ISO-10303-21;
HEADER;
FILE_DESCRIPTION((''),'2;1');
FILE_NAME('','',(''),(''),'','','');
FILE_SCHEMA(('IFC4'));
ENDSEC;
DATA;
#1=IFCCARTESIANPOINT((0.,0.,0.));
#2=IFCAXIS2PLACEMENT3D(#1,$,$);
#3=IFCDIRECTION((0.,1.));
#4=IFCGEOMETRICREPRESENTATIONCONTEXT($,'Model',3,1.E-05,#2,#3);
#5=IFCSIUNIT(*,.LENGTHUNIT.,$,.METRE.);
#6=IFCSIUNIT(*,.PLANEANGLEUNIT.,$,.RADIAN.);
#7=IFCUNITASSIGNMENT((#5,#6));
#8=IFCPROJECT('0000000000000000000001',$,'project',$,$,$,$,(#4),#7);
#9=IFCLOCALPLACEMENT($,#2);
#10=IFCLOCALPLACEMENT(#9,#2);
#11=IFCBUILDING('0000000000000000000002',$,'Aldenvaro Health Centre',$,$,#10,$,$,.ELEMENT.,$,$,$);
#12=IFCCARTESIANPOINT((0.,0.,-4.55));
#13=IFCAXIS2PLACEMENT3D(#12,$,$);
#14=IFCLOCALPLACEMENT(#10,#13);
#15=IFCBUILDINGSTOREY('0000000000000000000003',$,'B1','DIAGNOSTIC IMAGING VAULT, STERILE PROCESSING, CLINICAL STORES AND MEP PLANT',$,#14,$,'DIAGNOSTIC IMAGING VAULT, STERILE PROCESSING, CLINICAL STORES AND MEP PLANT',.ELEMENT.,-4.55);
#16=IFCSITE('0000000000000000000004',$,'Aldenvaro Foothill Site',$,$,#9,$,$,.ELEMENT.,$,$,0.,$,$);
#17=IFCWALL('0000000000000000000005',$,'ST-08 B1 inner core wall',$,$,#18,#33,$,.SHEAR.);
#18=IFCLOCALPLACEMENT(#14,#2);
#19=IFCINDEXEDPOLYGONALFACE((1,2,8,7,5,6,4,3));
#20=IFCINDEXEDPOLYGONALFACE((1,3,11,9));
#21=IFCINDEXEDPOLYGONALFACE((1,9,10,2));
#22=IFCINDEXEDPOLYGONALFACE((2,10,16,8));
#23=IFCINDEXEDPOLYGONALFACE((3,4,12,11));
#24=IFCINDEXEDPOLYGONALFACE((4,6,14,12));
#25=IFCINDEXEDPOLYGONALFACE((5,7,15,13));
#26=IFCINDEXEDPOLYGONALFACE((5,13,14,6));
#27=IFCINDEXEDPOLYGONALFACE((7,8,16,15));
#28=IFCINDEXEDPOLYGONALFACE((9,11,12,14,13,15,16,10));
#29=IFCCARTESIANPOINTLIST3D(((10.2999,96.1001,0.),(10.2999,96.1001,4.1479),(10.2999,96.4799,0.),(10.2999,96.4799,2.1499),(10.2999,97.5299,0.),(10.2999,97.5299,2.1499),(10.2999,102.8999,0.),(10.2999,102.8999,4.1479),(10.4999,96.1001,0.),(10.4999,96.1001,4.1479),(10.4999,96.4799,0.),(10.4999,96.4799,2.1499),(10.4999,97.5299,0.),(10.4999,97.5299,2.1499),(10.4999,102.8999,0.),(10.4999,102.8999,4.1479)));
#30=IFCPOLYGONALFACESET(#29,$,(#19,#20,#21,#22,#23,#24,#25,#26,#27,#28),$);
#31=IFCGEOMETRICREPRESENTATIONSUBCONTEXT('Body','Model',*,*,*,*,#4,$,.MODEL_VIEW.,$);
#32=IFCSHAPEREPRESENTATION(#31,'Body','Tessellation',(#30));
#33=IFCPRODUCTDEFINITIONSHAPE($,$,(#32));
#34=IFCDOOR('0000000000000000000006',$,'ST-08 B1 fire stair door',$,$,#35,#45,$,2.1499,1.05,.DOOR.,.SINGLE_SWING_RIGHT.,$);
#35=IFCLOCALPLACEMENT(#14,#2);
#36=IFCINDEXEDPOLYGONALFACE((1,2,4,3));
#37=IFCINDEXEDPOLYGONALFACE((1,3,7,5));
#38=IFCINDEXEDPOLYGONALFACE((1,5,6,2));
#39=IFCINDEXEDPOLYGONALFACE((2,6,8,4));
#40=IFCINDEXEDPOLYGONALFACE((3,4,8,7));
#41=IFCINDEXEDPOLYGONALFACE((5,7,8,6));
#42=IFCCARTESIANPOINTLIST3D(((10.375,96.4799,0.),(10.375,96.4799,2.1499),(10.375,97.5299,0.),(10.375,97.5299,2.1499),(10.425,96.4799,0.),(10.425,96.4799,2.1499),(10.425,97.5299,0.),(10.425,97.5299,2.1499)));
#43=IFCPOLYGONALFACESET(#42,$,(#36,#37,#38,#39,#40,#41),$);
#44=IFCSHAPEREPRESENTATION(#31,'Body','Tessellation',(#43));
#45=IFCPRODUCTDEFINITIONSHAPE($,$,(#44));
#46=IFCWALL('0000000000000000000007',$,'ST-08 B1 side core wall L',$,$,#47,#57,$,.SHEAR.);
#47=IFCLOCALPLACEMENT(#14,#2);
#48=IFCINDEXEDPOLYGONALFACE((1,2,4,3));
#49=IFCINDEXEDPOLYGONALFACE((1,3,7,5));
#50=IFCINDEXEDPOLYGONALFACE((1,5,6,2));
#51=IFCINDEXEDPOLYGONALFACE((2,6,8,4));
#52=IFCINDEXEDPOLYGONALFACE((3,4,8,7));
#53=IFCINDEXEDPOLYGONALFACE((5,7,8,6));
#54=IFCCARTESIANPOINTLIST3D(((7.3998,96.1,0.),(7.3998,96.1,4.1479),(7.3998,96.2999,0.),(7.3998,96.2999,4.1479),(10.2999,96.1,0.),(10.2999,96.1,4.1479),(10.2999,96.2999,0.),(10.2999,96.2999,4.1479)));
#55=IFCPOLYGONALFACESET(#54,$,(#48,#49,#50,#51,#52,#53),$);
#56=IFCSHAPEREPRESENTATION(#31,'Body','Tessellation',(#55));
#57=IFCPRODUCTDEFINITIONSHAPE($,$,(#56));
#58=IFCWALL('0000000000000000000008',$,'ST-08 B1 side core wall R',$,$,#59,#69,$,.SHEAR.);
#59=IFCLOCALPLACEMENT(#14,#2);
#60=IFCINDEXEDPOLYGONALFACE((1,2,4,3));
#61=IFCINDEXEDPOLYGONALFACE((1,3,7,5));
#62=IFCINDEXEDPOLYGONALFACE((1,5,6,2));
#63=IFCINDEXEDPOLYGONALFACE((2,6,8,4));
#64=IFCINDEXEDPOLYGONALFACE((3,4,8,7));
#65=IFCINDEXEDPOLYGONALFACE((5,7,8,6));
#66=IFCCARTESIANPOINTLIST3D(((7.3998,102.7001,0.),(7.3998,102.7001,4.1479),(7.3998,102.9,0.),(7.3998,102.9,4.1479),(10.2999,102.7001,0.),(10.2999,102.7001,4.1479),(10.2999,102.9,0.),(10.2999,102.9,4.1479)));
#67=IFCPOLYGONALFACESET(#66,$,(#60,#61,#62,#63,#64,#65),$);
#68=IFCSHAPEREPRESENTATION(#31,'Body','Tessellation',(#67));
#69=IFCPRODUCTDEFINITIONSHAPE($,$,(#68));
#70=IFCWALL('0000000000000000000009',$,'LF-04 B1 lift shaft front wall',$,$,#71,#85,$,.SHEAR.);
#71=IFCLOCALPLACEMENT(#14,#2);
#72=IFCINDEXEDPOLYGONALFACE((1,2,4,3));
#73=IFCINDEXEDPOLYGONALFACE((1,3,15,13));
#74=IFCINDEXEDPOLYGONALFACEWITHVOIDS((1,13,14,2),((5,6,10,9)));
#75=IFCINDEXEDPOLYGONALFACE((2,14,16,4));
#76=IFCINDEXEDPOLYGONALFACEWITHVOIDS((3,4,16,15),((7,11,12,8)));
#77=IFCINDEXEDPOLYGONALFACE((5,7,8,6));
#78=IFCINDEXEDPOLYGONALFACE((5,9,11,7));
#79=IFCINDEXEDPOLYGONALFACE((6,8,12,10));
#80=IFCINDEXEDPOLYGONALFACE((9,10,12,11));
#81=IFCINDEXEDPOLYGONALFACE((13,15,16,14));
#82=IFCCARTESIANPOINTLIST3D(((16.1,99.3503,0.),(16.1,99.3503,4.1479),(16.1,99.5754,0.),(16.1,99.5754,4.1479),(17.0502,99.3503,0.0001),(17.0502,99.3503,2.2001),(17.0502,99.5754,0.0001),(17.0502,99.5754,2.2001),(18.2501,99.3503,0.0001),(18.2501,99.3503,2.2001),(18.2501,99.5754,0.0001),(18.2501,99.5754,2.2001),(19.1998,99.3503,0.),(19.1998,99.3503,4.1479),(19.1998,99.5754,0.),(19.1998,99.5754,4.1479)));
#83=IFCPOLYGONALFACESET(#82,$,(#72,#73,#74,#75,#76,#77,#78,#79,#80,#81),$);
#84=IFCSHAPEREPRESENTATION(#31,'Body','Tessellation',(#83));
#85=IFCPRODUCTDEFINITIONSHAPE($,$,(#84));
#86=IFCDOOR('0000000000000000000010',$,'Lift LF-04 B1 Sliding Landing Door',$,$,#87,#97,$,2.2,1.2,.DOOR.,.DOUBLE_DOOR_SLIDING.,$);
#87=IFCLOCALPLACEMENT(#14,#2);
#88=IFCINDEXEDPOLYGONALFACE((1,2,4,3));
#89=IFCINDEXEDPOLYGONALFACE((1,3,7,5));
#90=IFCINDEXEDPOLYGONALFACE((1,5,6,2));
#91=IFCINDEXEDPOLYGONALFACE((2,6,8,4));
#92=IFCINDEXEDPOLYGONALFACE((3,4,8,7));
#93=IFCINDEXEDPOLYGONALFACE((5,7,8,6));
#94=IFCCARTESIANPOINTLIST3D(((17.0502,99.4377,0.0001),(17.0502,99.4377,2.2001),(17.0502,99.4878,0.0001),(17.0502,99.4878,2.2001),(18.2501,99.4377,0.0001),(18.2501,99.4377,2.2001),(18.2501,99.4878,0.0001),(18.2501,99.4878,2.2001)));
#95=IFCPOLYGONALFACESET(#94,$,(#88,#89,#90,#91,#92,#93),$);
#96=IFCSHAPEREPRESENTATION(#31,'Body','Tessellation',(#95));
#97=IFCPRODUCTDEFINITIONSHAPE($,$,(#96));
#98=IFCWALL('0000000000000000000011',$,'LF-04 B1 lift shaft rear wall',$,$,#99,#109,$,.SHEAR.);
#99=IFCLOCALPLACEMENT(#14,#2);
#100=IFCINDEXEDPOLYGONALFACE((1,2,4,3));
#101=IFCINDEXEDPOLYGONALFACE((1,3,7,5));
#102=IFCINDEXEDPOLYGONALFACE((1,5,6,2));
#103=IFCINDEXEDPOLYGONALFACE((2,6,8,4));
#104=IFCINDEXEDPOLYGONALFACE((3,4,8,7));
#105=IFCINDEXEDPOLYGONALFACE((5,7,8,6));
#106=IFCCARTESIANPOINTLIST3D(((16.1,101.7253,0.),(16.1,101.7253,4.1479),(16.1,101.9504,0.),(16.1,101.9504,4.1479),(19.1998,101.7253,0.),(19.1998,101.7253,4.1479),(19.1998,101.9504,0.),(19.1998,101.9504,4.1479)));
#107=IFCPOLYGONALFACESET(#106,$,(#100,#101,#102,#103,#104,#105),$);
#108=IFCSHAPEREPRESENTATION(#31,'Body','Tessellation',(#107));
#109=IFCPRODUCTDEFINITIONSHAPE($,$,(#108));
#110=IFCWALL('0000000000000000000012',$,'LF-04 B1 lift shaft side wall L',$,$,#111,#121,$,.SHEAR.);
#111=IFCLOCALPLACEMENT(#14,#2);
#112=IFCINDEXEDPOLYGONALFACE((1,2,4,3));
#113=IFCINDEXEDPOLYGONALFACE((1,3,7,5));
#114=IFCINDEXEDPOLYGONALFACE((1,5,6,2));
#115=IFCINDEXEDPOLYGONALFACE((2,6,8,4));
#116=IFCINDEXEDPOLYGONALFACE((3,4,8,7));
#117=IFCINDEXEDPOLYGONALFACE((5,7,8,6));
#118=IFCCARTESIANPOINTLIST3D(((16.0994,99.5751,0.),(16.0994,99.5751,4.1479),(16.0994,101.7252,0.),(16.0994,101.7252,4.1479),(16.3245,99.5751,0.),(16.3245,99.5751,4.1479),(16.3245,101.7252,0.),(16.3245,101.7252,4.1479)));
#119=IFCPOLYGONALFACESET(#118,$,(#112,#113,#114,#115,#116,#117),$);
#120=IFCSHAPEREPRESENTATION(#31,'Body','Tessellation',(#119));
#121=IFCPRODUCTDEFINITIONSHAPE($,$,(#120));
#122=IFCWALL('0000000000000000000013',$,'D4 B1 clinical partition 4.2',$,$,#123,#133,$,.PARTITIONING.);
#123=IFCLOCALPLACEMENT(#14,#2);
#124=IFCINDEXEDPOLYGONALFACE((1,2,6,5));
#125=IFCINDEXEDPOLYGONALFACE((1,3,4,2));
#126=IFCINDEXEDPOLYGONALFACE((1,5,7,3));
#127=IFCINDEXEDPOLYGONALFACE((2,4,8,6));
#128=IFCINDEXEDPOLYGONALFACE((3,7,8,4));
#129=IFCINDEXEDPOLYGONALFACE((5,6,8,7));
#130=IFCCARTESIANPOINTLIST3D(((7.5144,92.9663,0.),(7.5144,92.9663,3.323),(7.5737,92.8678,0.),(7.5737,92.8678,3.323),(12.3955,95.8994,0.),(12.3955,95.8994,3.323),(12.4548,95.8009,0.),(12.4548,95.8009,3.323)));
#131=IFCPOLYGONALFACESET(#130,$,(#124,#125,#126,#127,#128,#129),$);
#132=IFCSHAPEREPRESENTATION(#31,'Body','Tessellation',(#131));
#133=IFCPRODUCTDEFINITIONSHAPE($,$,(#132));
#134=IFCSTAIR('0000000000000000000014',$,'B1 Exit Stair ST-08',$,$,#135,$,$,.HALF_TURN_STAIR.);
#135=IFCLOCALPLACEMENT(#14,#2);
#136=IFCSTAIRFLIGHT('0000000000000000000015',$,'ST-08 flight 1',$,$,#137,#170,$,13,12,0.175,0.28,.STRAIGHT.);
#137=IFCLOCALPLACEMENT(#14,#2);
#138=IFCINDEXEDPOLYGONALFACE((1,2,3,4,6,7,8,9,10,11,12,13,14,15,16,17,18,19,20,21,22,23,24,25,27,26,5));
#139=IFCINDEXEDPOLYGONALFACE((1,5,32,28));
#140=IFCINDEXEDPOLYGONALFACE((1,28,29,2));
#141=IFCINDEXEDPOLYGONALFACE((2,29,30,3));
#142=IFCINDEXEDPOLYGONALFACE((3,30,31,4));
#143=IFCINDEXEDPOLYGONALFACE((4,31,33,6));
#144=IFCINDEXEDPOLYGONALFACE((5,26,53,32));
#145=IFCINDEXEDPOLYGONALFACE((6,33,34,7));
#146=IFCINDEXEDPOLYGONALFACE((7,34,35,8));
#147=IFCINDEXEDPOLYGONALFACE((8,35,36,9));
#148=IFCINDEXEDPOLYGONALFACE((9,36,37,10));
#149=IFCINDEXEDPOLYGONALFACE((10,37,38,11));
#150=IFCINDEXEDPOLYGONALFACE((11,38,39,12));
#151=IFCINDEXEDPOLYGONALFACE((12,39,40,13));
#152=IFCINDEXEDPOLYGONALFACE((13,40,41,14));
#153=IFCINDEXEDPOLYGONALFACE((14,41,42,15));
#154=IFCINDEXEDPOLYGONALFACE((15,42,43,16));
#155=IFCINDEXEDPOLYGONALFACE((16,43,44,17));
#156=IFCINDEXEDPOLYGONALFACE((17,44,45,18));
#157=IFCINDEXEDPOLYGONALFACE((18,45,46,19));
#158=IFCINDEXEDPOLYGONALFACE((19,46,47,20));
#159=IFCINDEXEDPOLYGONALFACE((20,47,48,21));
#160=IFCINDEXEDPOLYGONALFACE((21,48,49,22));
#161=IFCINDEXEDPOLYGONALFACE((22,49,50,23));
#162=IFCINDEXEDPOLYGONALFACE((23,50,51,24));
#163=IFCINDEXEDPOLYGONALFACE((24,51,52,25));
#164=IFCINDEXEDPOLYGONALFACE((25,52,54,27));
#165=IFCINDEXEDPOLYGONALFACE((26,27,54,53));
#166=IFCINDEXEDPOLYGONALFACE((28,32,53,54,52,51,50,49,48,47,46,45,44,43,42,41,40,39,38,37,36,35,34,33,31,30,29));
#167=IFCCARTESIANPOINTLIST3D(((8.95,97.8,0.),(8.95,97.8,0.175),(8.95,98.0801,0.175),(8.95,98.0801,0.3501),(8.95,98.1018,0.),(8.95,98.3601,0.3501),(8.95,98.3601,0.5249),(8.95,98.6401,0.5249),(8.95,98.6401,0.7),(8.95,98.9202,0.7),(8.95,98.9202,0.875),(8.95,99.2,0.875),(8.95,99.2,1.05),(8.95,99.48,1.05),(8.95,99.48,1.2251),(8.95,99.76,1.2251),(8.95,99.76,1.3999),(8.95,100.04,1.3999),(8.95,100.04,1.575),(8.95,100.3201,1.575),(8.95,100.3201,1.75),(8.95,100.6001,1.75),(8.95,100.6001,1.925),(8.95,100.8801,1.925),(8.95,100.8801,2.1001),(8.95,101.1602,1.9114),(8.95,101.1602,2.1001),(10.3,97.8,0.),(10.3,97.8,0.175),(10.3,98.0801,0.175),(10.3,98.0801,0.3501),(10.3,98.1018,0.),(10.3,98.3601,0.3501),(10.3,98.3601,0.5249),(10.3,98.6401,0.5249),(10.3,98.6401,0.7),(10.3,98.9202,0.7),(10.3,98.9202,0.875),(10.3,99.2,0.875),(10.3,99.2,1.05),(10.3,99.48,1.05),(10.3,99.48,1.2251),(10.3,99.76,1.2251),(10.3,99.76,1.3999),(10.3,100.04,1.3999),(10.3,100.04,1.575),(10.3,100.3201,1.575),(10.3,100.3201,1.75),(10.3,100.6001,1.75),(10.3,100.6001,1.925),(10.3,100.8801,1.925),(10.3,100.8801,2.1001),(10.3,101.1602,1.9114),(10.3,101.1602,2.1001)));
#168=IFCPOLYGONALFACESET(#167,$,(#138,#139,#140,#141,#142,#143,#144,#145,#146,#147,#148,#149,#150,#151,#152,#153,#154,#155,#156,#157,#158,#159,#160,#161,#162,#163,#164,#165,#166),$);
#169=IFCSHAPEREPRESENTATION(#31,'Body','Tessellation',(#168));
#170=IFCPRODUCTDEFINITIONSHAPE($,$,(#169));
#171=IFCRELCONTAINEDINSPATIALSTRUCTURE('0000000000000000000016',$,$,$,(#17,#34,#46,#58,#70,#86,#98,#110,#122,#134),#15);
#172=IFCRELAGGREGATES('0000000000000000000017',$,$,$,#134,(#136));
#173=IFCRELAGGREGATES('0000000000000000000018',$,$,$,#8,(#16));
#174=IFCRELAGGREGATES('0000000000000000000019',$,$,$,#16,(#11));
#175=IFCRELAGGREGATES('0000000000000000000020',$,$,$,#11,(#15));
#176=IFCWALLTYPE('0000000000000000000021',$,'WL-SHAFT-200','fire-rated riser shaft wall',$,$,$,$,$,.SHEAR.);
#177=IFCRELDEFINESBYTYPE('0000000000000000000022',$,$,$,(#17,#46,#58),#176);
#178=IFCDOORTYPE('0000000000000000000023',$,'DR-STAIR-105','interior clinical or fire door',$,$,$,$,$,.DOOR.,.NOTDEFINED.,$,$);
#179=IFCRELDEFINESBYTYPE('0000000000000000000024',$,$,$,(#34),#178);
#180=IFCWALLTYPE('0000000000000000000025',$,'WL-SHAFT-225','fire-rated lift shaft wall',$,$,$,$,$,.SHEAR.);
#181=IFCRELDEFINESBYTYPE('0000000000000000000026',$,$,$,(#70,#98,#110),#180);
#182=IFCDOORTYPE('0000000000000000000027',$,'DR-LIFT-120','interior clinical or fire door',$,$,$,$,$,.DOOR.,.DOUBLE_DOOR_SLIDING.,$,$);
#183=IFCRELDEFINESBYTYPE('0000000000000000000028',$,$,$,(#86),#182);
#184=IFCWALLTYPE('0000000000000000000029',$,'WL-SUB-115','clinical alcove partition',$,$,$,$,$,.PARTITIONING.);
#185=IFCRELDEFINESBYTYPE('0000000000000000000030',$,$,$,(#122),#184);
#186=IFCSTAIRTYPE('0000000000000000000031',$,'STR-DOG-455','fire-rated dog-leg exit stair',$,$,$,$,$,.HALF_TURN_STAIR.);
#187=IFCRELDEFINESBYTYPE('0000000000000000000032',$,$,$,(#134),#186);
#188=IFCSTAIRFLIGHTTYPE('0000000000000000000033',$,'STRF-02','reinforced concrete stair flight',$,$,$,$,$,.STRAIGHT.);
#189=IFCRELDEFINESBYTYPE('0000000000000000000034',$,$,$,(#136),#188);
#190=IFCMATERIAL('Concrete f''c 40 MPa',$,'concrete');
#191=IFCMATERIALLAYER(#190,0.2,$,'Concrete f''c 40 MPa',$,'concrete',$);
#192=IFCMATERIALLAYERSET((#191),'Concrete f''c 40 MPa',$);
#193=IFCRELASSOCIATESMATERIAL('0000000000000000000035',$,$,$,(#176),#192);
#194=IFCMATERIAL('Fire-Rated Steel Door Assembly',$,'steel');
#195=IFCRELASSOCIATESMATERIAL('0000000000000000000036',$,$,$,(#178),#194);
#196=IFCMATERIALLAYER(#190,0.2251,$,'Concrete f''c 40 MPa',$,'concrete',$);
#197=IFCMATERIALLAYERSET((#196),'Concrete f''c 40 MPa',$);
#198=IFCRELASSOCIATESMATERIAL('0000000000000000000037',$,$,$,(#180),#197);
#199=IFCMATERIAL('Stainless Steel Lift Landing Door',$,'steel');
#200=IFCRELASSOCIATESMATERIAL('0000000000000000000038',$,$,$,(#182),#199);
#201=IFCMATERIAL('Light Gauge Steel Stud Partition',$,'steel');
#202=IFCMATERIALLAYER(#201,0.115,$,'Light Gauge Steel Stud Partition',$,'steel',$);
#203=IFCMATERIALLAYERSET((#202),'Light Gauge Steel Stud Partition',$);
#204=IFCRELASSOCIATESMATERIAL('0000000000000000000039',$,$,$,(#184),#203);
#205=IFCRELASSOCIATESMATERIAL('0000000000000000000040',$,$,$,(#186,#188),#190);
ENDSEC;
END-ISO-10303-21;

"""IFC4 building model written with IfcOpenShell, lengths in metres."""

from ifc_helpers import new_model, si_unit, direction, frame, frame_2d, origin, place, context, subcontext, project, spatial, polyline, rectangle, outline, extrude, material, layer, layer_set, type_object, element, fill, aggregate, save


model = new_model("IFC4")

# Units and contexts
model_context = context("Model", 3, precision=1e-05, world=origin(), true_north=direction((0.0, 1.0)))
body_context = subcontext(model_context, "Body", "Model", "MODEL_VIEW")
ifc_project = project(units=[si_unit("LENGTHUNIT", "METRE"), si_unit("PLANEANGLEUNIT", "RADIAN")], contexts=[model_context])

# Site, building, storey
site_placement = place(None, origin())
site = spatial("IfcSite", under=ifc_project, at=site_placement, Name="Aldenvaro Foothill Site", CompositionType="ELEMENT", RefElevation=0.0)
building_placement = place(site_placement, origin())
building = spatial("IfcBuilding", under=site, at=building_placement, Name="Aldenvaro Health Centre", CompositionType="ELEMENT")
storey_placement = place(building_placement, frame((0.0, 0.0, -4.55)))
storey = spatial("IfcBuildingStorey", under=building, at=storey_placement, Name="B1", Description="DIAGNOSTIC IMAGING VAULT, STERILE PROCESSING, CLINICAL STORES AND MEP PLANT", LongName="DIAGNOSTIC IMAGING VAULT, STERILE PROCESSING, CLINICAL STORES AND MEP PLANT", CompositionType="ELEMENT", Elevation=-4.55)

# Shared definitions
ifc_material_1 = material(Name="Concrete f'c 40 MPa", Category="concrete")

# Wall, opening, door
ifc_layer_1 = layer(ifc_material_1, 0.2, Name="Concrete f'c 40 MPa", Category="concrete")
ifc_layer_set_1 = layer_set([ifc_layer_1], Name="Concrete f'c 40 MPa")
wall_type_1 = type_object("IfcWallType", Name="WL-SHAFT-200", Description="fire-rated riser shaft wall", PredefinedType="SHEAR", material=ifc_layer_set_1)
wall_1_placement = place(storey_placement, frame((10.3999, 96.1001, 0.0), z_axis=(0.0, 0.0, 1.0), x_axis=(0.0, 1.0, 0.0)))
wall_1 = element("IfcWall", 1, at=wall_1_placement, inside=storey, type_object=wall_type_1, Name="ST-08 B1 inner core wall", PredefinedType="SHEAR", context=body_context, shape_type="SweptSolid", body=[
    extrude(rectangle(XDim=6.7998, YDim=0.2, at=frame_2d((3.3999, 0.0))), origin(), (0.0, 0.0, 1.0), 4.1479),
])
opening_1_placement = place(wall_1_placement, frame((0.3799, 0.0, 0.0)))
opening_1 = element("IfcOpeningElement", 2, at=opening_1_placement, cuts=wall_1, PredefinedType="OPENING", context=body_context, shape_type="SweptSolid", body=[
    extrude(rectangle(XDim=1.05, YDim=2.1499, at=frame_2d((0.5249, 1.075))), frame((0.0, 0.1099, 0.0), z_axis=(0.0, -1.0, 0.0), x_axis=(1.0, 0.0, 0.0)), (0.0, 0.0, 1.0), 0.22),
])
ifc_material_2 = material(Name="Fire-Rated Steel Door Assembly", Category="steel")
door_type_1 = type_object("IfcDoorType", Name="DR-STAIR-105", Description="interior clinical or fire door", OperationType="NOTDEFINED", PredefinedType="DOOR", material=ifc_material_2)
door_1_placement = place(opening_1_placement, origin())
door_1 = element("IfcDoor", 3, at=door_1_placement, inside=storey, type_object=door_type_1, Name="ST-08 B1 fire stair door", OperationType="SINGLE_SWING_RIGHT", OverallHeight=2.1499, OverallWidth=1.05, PredefinedType="DOOR", context=body_context, shape_type="SweptSolid", body=[
    extrude(rectangle(XDim=1.05, YDim=2.1499, at=frame_2d((0.5249, 1.075))), frame((0.0, 0.0249, 0.0), z_axis=(0.0, -1.0, 0.0), x_axis=(1.0, 0.0, 0.0)), (0.0, 0.0, 1.0), 0.05),
])
fill(opening_1, door_1)

# Walls
for number, where, z_axis, x_axis, name in (
    (4, (10.3, 96.2, 0.0), (0.0, 0.0, 1.0), (-1.0, 0.0, 0.0), "ST-08 B1 side core wall L"),
    (5, (10.3, 102.8, 0.0), (0.0, 0.0, 1.0), (-1.0, 0.0, 0.0), "ST-08 B1 side core wall R"),
):
    element("IfcWall", number, at=place(storey_placement, frame(where, z_axis=z_axis, x_axis=x_axis)), inside=storey, type_object=wall_type_1, Name=name, PredefinedType="SHEAR", context=body_context, shape_type="SweptSolid", body=[
        extrude(rectangle(XDim=2.9001, YDim=0.2, at=frame_2d((1.4502, 0.0))), origin(), (0.0, 0.0, 1.0), 4.1479),
    ])

# Wall, opening, door
ifc_layer_2 = layer(ifc_material_1, 0.2251, Name="Concrete f'c 40 MPa", Category="concrete")
ifc_layer_set_2 = layer_set([ifc_layer_2], Name="Concrete f'c 40 MPa")
wall_type_2 = type_object("IfcWallType", Name="WL-SHAFT-225", Description="fire-rated lift shaft wall", PredefinedType="SHEAR", material=ifc_layer_set_2)
wall_2_placement = place(storey_placement, frame((16.1001, 99.4629, 0.0), z_axis=(0.0, 0.0, 1.0), x_axis=(1.0, 0.0, 0.0)))
wall_2 = element("IfcWall", 6, at=wall_2_placement, inside=storey, type_object=wall_type_2, Name="LF-04 B1 lift shaft front wall", PredefinedType="SHEAR", context=body_context, shape_type="SweptSolid", body=[
    extrude(rectangle(XDim=3.0999, YDim=0.2251, at=frame_2d((1.5498, 0.0))), origin(), (0.0, 0.0, 1.0), 4.1479),
])
opening_2_placement = place(wall_2_placement, frame((0.95, 0.0, 0.0)))
opening_2 = element("IfcOpeningElement", 7, at=opening_2_placement, cuts=wall_2, PredefinedType="OPENING", context=body_context, shape_type="SweptSolid", body=[
    extrude(rectangle(XDim=1.2, YDim=2.2, at=frame_2d((0.6001, 1.1001))), frame((0.0, 0.1226, 0.0), z_axis=(0.0, -1.0, 0.0), x_axis=(1.0, 0.0, 0.0)), (0.0, 0.0, 1.0), 0.2451),
])
ifc_material_3 = material(Name="Stainless Steel Lift Landing Door", Category="steel")
door_type_2 = type_object("IfcDoorType", Name="DR-LIFT-120", Description="interior clinical or fire door", OperationType="DOUBLE_DOOR_SLIDING", PredefinedType="DOOR", material=ifc_material_3)
door_2_placement = place(opening_2_placement, origin())
door_2 = element("IfcDoor", 8, at=door_2_placement, inside=storey, type_object=door_type_2, Name="Lift LF-04 B1 Sliding Landing Door", OperationType="DOUBLE_DOOR_SLIDING", OverallHeight=2.2, OverallWidth=1.2, PredefinedType="DOOR", context=body_context, shape_type="SweptSolid", body=[
    extrude(rectangle(XDim=1.2, YDim=2.2, at=frame_2d((0.6001, 1.1001))), frame((0.0, 0.0249, 0.0), z_axis=(0.0, -1.0, 0.0), x_axis=(1.0, 0.0, 0.0)), (0.0, 0.0, 1.0), 0.05),
])
fill(opening_2, door_2)

# Walls
wall_3_placement = place(storey_placement, frame((16.1001, 101.8379, 0.0), z_axis=(0.0, 0.0, 1.0), x_axis=(1.0, 0.0, 0.0)))
element("IfcWall", 9, at=wall_3_placement, inside=storey, type_object=wall_type_2, Name="LF-04 B1 lift shaft rear wall", PredefinedType="SHEAR", context=body_context, shape_type="SweptSolid", body=[
    extrude(rectangle(XDim=3.0999, YDim=0.2251, at=frame_2d((1.5498, 0.0))), origin(), (0.0, 0.0, 1.0), 4.1479),
])
wall_4_placement = place(storey_placement, frame((16.2119, 99.575, 0.0), z_axis=(0.0, 0.0, 1.0), x_axis=(0.0, 1.0, 0.0)))
element("IfcWall", 10, at=wall_4_placement, inside=storey, type_object=wall_type_2, Name="LF-04 B1 lift shaft side wall L", PredefinedType="SHEAR", context=body_context, shape_type="SweptSolid", body=[
    extrude(rectangle(XDim=2.1501, YDim=0.2251, at=frame_2d((1.0752, 0.0))), origin(), (0.0, 0.0, 1.0), 4.1479),
])
ifc_material_4 = material(Name="Light Gauge Steel Stud Partition", Category="steel")
ifc_layer_3 = layer(ifc_material_4, 0.115, Name="Light Gauge Steel Stud Partition", Category="steel")
ifc_layer_set_3 = layer_set([ifc_layer_3], Name="Light Gauge Steel Stud Partition")
wall_type_3 = type_object("IfcWallType", Name="WL-SUB-115", Description="clinical alcove partition", PredefinedType="PARTITIONING", material=ifc_layer_set_3)
wall_5_placement = place(storey_placement, frame((12.425, 95.8501, 0.0), z_axis=(0.0, 0.0, 1.0), x_axis=(-0.857148, -0.515069, 0.0)))
element("IfcWall", 11, at=wall_5_placement, inside=storey, type_object=wall_type_3, Name="D4 B1 clinical partition 4.2", PredefinedType="PARTITIONING", context=body_context, shape_type="SweptSolid", body=[
    extrude(rectangle(XDim=5.6946, YDim=0.115, at=frame_2d((2.8472, 0.0))), origin(), (0.0, 0.0, 1.0), 3.323),
])

# Stair, stair flight
stair_type = type_object("IfcStairType", Name="STR-DOG-455", Description="fire-rated dog-leg exit stair", PredefinedType="HALF_TURN_STAIR", material=ifc_material_1)
stair_placement = place(storey_placement, origin())
stair = element("IfcStair", 12, at=stair_placement, inside=storey, type_object=stair_type, Name="B1 Exit Stair ST-08", PredefinedType="HALF_TURN_STAIR")
stair_flight_type = type_object("IfcStairFlightType", Name="STRF-02", Description="reinforced concrete stair flight", PredefinedType="STRAIGHT", material=ifc_material_1)
stair_flight_placement = place(storey_placement, frame((9.625, 97.8, 0.0), z_axis=(0.0, 0.0, 1.0), x_axis=(0.0, 1.0, 0.0)))
stair_flight = element("IfcStairFlight", 13, at=stair_flight_placement, type_object=stair_flight_type, Name="ST-08 flight 1", NumberOfRisers=13, NumberOfTreads=12, PredefinedType="STRAIGHT", RiserHeight=0.175, TreadLength=0.28, context=body_context, shape_type="SweptSolid", body=[
    extrude(outline(polyline([(0.0, 0.0), (0.0, 0.175), (0.28, 0.175), (0.28, 0.3501), (0.5601, 0.3501), (0.5601, 0.5249), (0.8401, 0.5249), (0.8401, 0.7), (1.1201, 0.7), (1.1201, 0.875), (1.3999, 0.875), (1.3999, 1.05), (1.6799, 1.05), (1.6799, 1.2251), (1.96, 1.2251), (1.96, 1.3999), (2.24, 1.3999), (2.24, 1.575), (2.52, 1.575), (2.52, 1.75), (2.8, 1.75), (2.8, 1.925), (3.0801, 1.925), (3.0801, 2.1001), (3.3601, 2.1001), (3.3601, 2.2749), (3.3601, 1.9114), (0.3018, 0.0), (0.0, 0.0)])), frame((0.0, 0.675, 0.0), z_axis=(0.0, -1.0, 0.0), x_axis=(1.0, 0.0, 0.0)), (0.0, 0.0, 1.0), 1.3501),
])
aggregate(stair, [stair_flight])

save(model, "model.ifc")
